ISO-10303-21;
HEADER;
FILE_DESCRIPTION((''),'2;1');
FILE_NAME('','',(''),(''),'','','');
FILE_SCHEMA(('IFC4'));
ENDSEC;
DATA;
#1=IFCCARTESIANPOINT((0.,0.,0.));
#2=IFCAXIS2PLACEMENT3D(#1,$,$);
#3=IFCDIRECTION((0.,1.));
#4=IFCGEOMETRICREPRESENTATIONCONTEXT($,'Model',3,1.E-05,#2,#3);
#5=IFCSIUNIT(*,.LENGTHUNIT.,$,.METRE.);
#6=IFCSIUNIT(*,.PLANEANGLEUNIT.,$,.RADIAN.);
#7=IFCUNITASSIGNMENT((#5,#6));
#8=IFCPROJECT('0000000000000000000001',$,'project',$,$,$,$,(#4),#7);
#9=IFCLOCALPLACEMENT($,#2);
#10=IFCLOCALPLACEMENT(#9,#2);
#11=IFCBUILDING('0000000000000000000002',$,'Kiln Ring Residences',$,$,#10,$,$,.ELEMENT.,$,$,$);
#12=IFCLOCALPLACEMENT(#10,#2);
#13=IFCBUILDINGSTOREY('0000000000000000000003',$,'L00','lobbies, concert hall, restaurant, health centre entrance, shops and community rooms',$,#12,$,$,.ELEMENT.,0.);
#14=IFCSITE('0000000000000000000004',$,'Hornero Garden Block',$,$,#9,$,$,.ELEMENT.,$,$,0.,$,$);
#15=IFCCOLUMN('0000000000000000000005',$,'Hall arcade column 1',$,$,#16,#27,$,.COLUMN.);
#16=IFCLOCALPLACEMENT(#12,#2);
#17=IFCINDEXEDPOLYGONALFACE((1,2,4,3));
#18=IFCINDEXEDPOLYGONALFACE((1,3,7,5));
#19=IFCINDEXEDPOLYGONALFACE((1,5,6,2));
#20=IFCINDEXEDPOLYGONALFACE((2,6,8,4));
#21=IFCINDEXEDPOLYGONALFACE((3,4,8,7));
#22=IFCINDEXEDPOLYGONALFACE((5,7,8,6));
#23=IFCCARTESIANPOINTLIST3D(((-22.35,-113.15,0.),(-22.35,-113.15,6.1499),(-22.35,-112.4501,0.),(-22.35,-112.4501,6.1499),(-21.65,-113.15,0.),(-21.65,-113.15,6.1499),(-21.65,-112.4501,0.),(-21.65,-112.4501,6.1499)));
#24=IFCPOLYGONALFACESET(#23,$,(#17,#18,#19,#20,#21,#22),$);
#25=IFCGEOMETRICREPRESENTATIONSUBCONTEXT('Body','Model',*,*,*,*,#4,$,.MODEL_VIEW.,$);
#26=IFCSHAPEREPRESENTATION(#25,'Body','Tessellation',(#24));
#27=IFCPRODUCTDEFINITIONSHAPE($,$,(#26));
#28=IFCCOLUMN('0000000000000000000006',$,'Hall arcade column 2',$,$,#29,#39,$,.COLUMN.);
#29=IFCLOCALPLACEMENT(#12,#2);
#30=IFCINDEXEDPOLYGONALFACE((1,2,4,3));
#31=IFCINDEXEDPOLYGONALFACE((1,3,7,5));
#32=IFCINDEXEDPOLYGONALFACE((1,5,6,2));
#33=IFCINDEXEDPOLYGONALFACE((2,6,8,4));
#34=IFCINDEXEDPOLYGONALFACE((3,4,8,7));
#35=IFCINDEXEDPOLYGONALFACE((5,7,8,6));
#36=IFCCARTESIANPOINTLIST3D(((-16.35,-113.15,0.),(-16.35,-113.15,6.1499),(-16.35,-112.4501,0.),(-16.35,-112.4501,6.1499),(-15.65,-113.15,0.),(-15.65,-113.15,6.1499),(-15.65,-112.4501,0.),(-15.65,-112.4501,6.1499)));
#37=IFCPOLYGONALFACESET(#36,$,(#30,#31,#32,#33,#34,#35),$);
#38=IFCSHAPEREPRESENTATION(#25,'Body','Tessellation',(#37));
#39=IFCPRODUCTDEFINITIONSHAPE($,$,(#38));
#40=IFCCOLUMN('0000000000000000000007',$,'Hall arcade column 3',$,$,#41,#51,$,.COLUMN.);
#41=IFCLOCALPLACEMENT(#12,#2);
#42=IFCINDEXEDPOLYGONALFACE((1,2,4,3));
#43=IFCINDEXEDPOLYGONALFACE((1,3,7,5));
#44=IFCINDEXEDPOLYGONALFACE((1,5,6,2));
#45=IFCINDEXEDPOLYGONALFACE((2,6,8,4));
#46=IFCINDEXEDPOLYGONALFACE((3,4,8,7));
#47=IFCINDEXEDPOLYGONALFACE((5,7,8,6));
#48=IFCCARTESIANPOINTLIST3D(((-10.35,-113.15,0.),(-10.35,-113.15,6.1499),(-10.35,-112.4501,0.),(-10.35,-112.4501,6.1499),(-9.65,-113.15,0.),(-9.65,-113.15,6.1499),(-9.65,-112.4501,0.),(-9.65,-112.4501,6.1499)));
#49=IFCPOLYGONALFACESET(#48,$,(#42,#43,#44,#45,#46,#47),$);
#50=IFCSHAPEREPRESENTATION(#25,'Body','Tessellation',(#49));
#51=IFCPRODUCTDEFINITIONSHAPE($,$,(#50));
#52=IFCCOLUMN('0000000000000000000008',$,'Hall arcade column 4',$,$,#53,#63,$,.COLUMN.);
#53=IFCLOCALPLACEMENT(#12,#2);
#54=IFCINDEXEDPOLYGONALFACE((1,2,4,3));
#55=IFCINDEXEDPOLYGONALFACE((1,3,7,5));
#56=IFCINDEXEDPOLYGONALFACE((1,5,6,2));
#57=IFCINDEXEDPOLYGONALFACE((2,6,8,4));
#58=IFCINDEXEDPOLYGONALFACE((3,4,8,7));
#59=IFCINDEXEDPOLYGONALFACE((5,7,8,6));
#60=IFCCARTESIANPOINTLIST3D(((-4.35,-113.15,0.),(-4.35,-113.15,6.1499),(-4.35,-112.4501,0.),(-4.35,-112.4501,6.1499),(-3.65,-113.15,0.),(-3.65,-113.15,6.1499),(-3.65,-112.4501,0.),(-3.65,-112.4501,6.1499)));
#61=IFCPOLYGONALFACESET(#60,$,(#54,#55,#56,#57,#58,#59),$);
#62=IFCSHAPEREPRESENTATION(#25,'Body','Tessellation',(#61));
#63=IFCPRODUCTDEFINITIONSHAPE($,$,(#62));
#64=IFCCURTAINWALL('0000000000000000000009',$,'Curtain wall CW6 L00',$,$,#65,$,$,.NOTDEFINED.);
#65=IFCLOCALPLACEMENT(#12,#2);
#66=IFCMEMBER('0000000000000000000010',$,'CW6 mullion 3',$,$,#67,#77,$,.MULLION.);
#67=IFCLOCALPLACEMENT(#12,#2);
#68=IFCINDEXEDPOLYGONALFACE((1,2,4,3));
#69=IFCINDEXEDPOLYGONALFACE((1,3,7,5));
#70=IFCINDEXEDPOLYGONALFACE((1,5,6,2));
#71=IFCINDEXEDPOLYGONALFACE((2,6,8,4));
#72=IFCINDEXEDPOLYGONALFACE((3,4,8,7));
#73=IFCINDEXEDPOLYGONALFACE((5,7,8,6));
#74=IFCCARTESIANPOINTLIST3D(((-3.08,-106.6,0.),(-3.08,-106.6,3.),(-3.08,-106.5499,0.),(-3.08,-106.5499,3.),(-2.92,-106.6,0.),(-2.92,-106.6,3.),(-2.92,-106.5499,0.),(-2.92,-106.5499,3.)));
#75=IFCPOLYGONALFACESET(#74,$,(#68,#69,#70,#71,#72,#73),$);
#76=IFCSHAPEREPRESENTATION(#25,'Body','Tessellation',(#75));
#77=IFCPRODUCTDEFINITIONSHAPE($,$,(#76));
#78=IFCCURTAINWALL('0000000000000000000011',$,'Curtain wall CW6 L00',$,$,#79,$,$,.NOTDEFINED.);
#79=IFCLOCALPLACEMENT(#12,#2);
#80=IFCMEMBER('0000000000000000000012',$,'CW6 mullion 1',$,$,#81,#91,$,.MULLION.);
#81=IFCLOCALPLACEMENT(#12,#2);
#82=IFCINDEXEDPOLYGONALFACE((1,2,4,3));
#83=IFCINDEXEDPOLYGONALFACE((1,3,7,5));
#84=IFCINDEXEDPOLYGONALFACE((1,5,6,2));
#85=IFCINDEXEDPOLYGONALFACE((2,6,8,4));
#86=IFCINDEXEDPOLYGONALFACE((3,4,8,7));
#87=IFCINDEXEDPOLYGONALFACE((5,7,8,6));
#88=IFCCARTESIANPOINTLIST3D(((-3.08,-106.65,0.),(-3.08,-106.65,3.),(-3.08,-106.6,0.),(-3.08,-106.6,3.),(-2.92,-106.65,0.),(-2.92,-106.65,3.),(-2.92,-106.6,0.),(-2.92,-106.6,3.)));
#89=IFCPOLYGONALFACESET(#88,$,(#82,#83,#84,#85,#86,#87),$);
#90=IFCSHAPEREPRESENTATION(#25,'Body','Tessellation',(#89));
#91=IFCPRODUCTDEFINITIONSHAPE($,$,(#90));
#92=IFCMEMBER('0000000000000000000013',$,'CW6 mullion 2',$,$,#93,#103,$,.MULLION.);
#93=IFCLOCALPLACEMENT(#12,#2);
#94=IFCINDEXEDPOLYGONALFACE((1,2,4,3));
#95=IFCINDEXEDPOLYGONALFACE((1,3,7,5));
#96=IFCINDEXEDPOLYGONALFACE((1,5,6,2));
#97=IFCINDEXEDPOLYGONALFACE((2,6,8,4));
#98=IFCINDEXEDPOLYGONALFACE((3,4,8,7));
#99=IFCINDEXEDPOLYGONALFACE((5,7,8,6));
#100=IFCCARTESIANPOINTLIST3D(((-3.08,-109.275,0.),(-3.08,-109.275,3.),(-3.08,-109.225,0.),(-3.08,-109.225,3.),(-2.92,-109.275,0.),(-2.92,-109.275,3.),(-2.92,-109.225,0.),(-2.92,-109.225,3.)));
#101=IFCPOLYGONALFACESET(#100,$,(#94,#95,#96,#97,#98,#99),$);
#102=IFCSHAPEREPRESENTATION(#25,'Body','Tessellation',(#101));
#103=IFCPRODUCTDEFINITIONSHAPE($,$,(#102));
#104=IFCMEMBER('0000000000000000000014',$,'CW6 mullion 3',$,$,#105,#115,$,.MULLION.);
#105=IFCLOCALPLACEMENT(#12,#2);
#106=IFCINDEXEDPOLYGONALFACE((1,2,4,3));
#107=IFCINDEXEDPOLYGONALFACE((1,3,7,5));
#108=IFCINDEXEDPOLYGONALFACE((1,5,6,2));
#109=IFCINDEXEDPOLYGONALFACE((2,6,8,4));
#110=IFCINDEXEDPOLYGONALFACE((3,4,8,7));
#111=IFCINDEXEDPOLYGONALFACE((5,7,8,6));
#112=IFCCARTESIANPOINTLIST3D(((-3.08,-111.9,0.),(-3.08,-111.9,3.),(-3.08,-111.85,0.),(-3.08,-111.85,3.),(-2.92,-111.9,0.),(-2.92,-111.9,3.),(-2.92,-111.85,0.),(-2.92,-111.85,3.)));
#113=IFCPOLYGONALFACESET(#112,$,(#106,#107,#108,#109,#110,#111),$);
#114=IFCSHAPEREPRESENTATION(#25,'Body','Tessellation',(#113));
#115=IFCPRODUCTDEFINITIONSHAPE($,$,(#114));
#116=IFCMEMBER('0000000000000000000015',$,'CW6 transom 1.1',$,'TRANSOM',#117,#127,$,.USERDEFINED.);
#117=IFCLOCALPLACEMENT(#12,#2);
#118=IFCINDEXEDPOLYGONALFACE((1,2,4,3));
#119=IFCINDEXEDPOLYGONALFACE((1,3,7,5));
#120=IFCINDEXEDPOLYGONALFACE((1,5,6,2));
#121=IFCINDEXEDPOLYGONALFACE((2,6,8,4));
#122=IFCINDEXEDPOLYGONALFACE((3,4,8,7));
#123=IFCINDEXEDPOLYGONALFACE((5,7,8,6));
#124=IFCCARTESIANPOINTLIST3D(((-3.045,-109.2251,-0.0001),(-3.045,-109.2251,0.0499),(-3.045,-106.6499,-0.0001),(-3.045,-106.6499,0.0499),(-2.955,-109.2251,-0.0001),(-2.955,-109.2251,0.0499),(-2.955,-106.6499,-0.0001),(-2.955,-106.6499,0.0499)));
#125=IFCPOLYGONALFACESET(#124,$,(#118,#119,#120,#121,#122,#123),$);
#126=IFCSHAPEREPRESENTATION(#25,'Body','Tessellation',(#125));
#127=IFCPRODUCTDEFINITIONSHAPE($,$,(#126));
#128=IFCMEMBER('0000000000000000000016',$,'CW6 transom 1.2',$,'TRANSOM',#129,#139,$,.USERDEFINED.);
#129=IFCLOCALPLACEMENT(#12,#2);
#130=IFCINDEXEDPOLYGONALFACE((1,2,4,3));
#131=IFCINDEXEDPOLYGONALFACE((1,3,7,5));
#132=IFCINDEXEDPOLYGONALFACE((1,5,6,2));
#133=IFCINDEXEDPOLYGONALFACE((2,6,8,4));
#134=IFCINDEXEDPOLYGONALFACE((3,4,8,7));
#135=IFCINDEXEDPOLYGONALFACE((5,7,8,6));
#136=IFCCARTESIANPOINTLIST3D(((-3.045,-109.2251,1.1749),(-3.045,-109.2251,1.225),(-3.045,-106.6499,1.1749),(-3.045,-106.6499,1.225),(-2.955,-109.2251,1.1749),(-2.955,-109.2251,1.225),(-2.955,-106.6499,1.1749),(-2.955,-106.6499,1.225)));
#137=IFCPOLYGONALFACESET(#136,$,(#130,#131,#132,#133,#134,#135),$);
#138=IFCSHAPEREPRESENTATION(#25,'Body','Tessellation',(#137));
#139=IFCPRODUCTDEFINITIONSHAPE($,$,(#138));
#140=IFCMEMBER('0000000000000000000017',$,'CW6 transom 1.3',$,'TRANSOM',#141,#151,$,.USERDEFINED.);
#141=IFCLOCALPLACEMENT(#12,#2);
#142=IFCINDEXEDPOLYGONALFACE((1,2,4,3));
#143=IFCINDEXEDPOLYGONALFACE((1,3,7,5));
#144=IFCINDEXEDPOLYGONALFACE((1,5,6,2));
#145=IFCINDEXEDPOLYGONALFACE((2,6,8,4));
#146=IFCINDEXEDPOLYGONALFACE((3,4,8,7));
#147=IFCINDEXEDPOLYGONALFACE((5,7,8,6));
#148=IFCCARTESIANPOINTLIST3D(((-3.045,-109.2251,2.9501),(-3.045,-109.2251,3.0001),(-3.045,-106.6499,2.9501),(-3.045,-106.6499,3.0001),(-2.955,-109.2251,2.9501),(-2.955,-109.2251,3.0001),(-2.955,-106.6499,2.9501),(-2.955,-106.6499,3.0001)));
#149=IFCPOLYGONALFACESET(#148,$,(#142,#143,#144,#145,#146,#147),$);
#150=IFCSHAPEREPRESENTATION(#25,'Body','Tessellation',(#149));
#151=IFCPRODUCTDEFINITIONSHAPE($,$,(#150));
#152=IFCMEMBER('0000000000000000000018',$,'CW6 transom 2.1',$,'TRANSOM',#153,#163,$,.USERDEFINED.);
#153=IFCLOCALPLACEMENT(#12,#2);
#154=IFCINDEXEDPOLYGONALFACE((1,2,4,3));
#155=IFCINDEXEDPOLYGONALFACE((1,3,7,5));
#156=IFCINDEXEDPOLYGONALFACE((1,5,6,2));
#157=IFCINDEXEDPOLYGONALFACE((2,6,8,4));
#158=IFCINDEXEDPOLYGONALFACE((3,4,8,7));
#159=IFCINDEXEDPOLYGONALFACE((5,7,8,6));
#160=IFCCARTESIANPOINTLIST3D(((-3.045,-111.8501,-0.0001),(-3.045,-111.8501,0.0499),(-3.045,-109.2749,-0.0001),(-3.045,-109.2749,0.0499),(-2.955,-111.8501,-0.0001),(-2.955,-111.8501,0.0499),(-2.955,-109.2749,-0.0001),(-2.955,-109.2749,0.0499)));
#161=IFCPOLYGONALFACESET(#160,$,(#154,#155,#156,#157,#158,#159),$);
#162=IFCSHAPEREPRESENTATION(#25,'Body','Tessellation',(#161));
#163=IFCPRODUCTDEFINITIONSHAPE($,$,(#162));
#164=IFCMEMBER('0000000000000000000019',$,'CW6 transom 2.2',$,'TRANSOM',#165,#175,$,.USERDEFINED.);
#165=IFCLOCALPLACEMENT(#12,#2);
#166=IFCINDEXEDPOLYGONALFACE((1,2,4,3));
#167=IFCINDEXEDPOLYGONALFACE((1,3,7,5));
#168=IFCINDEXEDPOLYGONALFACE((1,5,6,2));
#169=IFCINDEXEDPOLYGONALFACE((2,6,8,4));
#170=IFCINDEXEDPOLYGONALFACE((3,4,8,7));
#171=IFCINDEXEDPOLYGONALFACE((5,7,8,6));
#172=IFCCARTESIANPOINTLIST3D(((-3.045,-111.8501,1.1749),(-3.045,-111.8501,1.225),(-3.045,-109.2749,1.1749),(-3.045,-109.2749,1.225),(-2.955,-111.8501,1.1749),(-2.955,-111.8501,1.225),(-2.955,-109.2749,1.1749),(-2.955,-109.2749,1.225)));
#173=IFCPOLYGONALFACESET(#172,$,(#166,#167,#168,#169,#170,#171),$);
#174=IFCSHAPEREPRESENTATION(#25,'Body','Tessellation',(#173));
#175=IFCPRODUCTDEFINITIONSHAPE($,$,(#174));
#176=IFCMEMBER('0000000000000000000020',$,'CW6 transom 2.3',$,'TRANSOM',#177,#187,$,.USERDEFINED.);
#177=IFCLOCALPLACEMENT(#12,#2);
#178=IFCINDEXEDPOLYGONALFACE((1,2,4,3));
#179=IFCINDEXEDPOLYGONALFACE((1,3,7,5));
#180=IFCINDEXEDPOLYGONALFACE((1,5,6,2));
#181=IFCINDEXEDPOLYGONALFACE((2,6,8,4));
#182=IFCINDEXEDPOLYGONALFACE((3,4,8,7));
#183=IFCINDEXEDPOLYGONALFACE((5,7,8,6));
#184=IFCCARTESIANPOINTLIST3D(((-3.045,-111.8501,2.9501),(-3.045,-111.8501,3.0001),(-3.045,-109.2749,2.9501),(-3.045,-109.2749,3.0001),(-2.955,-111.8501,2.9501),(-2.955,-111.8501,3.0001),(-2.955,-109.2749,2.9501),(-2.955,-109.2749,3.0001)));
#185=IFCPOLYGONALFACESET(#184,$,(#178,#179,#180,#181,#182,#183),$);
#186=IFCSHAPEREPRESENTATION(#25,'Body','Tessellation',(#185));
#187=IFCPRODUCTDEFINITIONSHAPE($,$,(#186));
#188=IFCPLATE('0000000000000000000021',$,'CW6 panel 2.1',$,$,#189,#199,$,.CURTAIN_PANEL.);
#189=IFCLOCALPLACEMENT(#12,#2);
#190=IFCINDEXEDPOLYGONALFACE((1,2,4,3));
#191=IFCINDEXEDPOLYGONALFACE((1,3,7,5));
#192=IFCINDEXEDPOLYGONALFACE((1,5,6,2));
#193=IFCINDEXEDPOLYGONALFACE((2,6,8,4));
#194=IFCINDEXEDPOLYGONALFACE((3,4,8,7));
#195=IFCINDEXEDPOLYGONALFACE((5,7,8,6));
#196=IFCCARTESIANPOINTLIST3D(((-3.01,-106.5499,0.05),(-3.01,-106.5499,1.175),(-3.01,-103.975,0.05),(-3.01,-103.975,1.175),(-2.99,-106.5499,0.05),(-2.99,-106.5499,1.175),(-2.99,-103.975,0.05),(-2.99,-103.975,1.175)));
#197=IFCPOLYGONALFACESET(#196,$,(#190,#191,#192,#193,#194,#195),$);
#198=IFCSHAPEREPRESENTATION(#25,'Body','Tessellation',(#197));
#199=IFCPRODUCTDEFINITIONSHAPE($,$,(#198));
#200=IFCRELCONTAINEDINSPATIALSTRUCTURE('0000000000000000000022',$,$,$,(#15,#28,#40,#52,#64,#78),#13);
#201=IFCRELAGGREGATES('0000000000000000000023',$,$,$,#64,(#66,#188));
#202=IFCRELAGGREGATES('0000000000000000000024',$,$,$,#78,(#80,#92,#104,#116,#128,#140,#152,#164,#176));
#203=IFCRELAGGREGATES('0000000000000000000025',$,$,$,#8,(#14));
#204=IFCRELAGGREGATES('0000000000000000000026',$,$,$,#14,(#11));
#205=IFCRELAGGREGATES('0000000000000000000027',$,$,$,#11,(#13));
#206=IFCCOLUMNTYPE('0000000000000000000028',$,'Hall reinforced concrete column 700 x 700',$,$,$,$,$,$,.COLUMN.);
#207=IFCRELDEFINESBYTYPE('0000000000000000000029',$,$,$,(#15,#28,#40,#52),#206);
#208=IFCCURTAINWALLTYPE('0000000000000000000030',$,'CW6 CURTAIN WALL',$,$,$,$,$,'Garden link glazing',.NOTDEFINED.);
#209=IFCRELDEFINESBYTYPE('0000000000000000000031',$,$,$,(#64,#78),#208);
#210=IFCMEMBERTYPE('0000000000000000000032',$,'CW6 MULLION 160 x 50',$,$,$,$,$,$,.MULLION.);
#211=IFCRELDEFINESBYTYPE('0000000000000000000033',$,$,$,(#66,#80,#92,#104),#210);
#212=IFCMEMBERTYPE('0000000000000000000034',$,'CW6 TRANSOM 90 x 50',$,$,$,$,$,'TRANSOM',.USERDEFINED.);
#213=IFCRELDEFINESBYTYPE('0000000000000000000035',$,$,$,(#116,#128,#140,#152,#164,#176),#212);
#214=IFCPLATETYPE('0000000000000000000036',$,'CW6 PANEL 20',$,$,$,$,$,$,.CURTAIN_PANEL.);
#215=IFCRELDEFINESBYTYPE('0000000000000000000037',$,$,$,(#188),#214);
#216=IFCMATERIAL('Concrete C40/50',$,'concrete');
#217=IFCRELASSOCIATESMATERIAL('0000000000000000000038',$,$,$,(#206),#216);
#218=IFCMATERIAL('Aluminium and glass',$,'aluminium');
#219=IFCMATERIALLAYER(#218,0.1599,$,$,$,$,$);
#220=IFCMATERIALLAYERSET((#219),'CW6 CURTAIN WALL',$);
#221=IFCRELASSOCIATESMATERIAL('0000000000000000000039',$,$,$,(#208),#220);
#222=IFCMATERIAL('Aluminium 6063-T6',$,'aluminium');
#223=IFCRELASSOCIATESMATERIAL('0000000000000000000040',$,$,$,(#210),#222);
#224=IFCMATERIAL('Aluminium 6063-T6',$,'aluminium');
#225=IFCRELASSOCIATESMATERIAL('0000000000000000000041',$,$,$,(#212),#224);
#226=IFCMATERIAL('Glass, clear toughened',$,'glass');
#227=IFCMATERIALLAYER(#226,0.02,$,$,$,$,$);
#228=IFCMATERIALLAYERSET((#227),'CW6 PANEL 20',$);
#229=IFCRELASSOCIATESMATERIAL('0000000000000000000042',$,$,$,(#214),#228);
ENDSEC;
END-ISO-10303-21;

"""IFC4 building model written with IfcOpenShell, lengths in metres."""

from ifc_helpers import new_model, si_unit, direction, frame, origin, origin_2d, place, context, subcontext, project, spatial, rectangle, extrude, material, layer, layer_set, material_profile, profile_set, type_object, element, aggregate, save


model = new_model("IFC4")

# Units and contexts
model_context = context("Model", 3, precision=1e-05, world=origin(), true_north=direction((0.0, 1.0)))
body_context = subcontext(model_context, "Body", "Model", "MODEL_VIEW")
ifc_project = project(units=[si_unit("LENGTHUNIT", "METRE"), si_unit("PLANEANGLEUNIT", "RADIAN")], contexts=[model_context])

# Site, building, storey
site_placement = place(None, origin())
site = spatial("IfcSite", under=ifc_project, at=site_placement, Name="Hornero Garden Block", CompositionType="ELEMENT", RefElevation=0.0)
building_placement = place(site_placement, origin())
building = spatial("IfcBuilding", under=site, at=building_placement, Name="Kiln Ring Residences", CompositionType="ELEMENT")
storey_placement = place(building_placement, origin())
storey = spatial("IfcBuildingStorey", under=building, at=storey_placement, Name="L00", Description="lobbies, concert hall, restaurant, health centre entrance, shops and community rooms", CompositionType="ELEMENT", Elevation=0.0)

# Columns
ifc_material_1 = material(Name="Concrete C40/50", Category="concrete")
ifc_material_profile_1 = material_profile(ifc_material_1, rectangle(XDim=0.7, YDim=0.7, at=origin_2d()), Name="Hall reinforced concrete column 700 x 700")
ifc_profile_set_1 = profile_set([ifc_material_profile_1], Name="Concrete C40/50")
column_type = type_object("IfcColumnType", Name="Hall reinforced concrete column 700 x 700", PredefinedType="COLUMN", material=ifc_profile_set_1)
for number, where, z_axis, x_axis, name in (
    (1, (-22.0, -112.8, 0.0), (0.0, 0.0, 1.0), (1.0, 0.0, 0.0), "Hall arcade column 1"),
    (2, (-16.0, -112.8, 0.0), (0.0, 0.0, 1.0), (1.0, 0.0, 0.0), "Hall arcade column 2"),
    (3, (-10.0, -112.8, 0.0), (0.0, 0.0, 1.0), (1.0, 0.0, 0.0), "Hall arcade column 3"),
    (4, (-4.0, -112.8, 0.0), (0.0, 0.0, 1.0), (1.0, 0.0, 0.0), "Hall arcade column 4"),
):
    element("IfcColumn", number, at=place(storey_placement, frame(where, z_axis=z_axis, x_axis=x_axis)), inside=storey, type_object=column_type, Name=name, PredefinedType="COLUMN", context=body_context, shape_type="SweptSolid", body=[
        extrude(rectangle(XDim=0.7, YDim=0.7, at=origin_2d()), origin(), (0.0, 0.0, 1.0), 6.1499),
    ])

# Curtain wall, member
ifc_material_2 = material(Name="Aluminium and glass", Category="aluminium")
ifc_layer_1 = layer(ifc_material_2, 0.1599)
ifc_layer_set_1 = layer_set([ifc_layer_1], Name="CW6 CURTAIN WALL")
curtain_wall_type = type_object("IfcCurtainWallType", Name="CW6 CURTAIN WALL", ElementType="Garden link glazing", PredefinedType="NOTDEFINED", material=ifc_layer_set_1)
placement = place(storey_placement, origin())
curtain_wall_1 = element("IfcCurtainWall", 5, at=placement, inside=storey, type_object=curtain_wall_type, Name="Curtain wall CW6 L00", PredefinedType="NOTDEFINED")
ifc_material_3 = material(Name="Aluminium 6063-T6", Category="aluminium")
ifc_material_profile_2 = material_profile(ifc_material_3, rectangle(XDim=0.1599, YDim=0.05, at=origin_2d()), Name="AL 160x50")
ifc_profile_set_2 = profile_set([ifc_material_profile_2], Name="Aluminium 6063-T6")
member_type_1 = type_object("IfcMemberType", Name="CW6 MULLION 160 x 50", PredefinedType="MULLION", material=ifc_profile_set_2)
member_1_placement = place(storey_placement, frame((-3.0, -106.575, 0.0), z_axis=(0.0, 0.0, 1.0), x_axis=(1.0, 0.0, 0.0)))
member_1 = element("IfcMember", 6, at=member_1_placement, type_object=member_type_1, Name="CW6 mullion 3", PredefinedType="MULLION", context=body_context, shape_type="SweptSolid", body=[
    extrude(rectangle(XDim=0.1599, YDim=0.05, at=origin_2d()), origin(), (0.0, 0.0, 1.0), 3.0),
])

# Curtain wall, members
curtain_wall_2 = element("IfcCurtainWall", 7, at=placement, inside=storey, type_object=curtain_wall_type, Name="Curtain wall CW6 L00", PredefinedType="NOTDEFINED")
member_2_placement = place(storey_placement, frame((-3.0, -106.625, 0.0), z_axis=(0.0, 0.0, 1.0), x_axis=(1.0, 0.0, 0.0)))
member_2 = element("IfcMember", 8, at=member_2_placement, type_object=member_type_1, Name="CW6 mullion 1", PredefinedType="MULLION", context=body_context, shape_type="SweptSolid", body=[
    extrude(rectangle(XDim=0.1599, YDim=0.05, at=origin_2d()), origin(), (0.0, 0.0, 1.0), 3.0),
])
member_3_placement = place(storey_placement, frame((-3.0, -109.25, 0.0), z_axis=(0.0, 0.0, 1.0), x_axis=(1.0, 0.0, 0.0)))
member_3 = element("IfcMember", 9, at=member_3_placement, type_object=member_type_1, Name="CW6 mullion 2", PredefinedType="MULLION", context=body_context, shape_type="SweptSolid", body=[
    extrude(rectangle(XDim=0.1599, YDim=0.05, at=origin_2d()), origin(), (0.0, 0.0, 1.0), 3.0),
])
member_4_placement = place(storey_placement, frame((-3.0, -111.875, 0.0), z_axis=(0.0, 0.0, 1.0), x_axis=(1.0, 0.0, 0.0)))
member_4 = element("IfcMember", 10, at=member_4_placement, type_object=member_type_1, Name="CW6 mullion 3", PredefinedType="MULLION", context=body_context, shape_type="SweptSolid", body=[
    extrude(rectangle(XDim=0.1599, YDim=0.05, at=origin_2d()), origin(), (0.0, 0.0, 1.0), 3.0),
])
ifc_material_4 = material(Name="Aluminium 6063-T6", Category="aluminium")
ifc_material_profile_3 = material_profile(ifc_material_4, rectangle(XDim=0.0901, YDim=0.05, at=origin_2d()), Name="AL 90x50")
ifc_profile_set_3 = profile_set([ifc_material_profile_3], Name="Aluminium 6063-T6")
member_type_2 = type_object("IfcMemberType", Name="CW6 TRANSOM 90 x 50", ElementType="TRANSOM", PredefinedType="USERDEFINED", material=ifc_profile_set_3)
member_5_placement = place(storey_placement, frame((-3.0, -106.6499, 0.0249), z_axis=(0.0, -1.0, 0.0), x_axis=(1.0, 0.0, 0.0)))
member_5 = element("IfcMember", 11, at=member_5_placement, type_object=member_type_2, Name="CW6 transom 1.1", ObjectType="TRANSOM", PredefinedType="USERDEFINED", context=body_context, shape_type="SweptSolid", body=[
    extrude(rectangle(XDim=0.0901, YDim=0.05, at=origin_2d()), origin(), (0.0, 0.0, 1.0), 2.5752),
])
member_6_placement = place(storey_placement, frame((-3.0, -106.6499, 1.2), z_axis=(0.0, -1.0, 0.0), x_axis=(1.0, 0.0, 0.0)))
member_6 = element("IfcMember", 12, at=member_6_placement, type_object=member_type_2, Name="CW6 transom 1.2", ObjectType="TRANSOM", PredefinedType="USERDEFINED", context=body_context, shape_type="SweptSolid", body=[
    extrude(rectangle(XDim=0.0901, YDim=0.05, at=origin_2d()), origin(), (0.0, 0.0, 1.0), 2.5752),
])
member_7_placement = place(storey_placement, frame((-3.0, -106.6499, 2.9751), z_axis=(0.0, -1.0, 0.0), x_axis=(1.0, 0.0, 0.0)))
member_7 = element("IfcMember", 13, at=member_7_placement, type_object=member_type_2, Name="CW6 transom 1.3", ObjectType="TRANSOM", PredefinedType="USERDEFINED", context=body_context, shape_type="SweptSolid", body=[
    extrude(rectangle(XDim=0.0901, YDim=0.05, at=origin_2d()), origin(), (0.0, 0.0, 1.0), 2.5752),
])
member_8_placement = place(storey_placement, frame((-3.0, -109.2749, 0.0249), z_axis=(0.0, -1.0, 0.0), x_axis=(1.0, 0.0, 0.0)))
member_8 = element("IfcMember", 14, at=member_8_placement, type_object=member_type_2, Name="CW6 transom 2.1", ObjectType="TRANSOM", PredefinedType="USERDEFINED", context=body_context, shape_type="SweptSolid", body=[
    extrude(rectangle(XDim=0.0901, YDim=0.05, at=origin_2d()), origin(), (0.0, 0.0, 1.0), 2.5752),
])
member_9_placement = place(storey_placement, frame((-3.0, -109.2749, 1.2), z_axis=(0.0, -1.0, 0.0), x_axis=(1.0, 0.0, 0.0)))
member_9 = element("IfcMember", 15, at=member_9_placement, type_object=member_type_2, Name="CW6 transom 2.2", ObjectType="TRANSOM", PredefinedType="USERDEFINED", context=body_context, shape_type="SweptSolid", body=[
    extrude(rectangle(XDim=0.0901, YDim=0.05, at=origin_2d()), origin(), (0.0, 0.0, 1.0), 2.5752),
])
member_10_placement = place(storey_placement, frame((-3.0, -109.2749, 2.9751), z_axis=(0.0, -1.0, 0.0), x_axis=(1.0, 0.0, 0.0)))
member_10 = element("IfcMember", 16, at=member_10_placement, type_object=member_type_2, Name="CW6 transom 2.3", ObjectType="TRANSOM", PredefinedType="USERDEFINED", context=body_context, shape_type="SweptSolid", body=[
    extrude(rectangle(XDim=0.0901, YDim=0.05, at=origin_2d()), origin(), (0.0, 0.0, 1.0), 2.5752),
])

# Plate
ifc_material_5 = material(Name="Glass, clear toughened", Category="glass")
ifc_layer_2 = layer(ifc_material_5, 0.02)
ifc_layer_set_2 = layer_set([ifc_layer_2], Name="CW6 PANEL 20")
plate_type = type_object("IfcPlateType", Name="CW6 PANEL 20", PredefinedType="CURTAIN_PANEL", material=ifc_layer_set_2)
plate_1_placement = place(storey_placement, frame((-3.0, -105.2625, 0.05), z_axis=(0.0, 0.0, 1.0), x_axis=(0.0, -1.0, 0.0)))
plate_1 = element("IfcPlate", 17, at=plate_1_placement, type_object=plate_type, Name="CW6 panel 2.1", PredefinedType="CURTAIN_PANEL", context=body_context, shape_type="SweptSolid", body=[
    extrude(rectangle(XDim=2.575, YDim=0.02, at=origin_2d()), origin(), (0.0, 0.0, 1.0), 1.125),
])
aggregate(curtain_wall_1, [member_1, plate_1])
aggregate(curtain_wall_2, [member_2, member_3, member_4, member_5, member_6, member_7, member_8, member_9, member_10])

save(model, "model.ifc")
